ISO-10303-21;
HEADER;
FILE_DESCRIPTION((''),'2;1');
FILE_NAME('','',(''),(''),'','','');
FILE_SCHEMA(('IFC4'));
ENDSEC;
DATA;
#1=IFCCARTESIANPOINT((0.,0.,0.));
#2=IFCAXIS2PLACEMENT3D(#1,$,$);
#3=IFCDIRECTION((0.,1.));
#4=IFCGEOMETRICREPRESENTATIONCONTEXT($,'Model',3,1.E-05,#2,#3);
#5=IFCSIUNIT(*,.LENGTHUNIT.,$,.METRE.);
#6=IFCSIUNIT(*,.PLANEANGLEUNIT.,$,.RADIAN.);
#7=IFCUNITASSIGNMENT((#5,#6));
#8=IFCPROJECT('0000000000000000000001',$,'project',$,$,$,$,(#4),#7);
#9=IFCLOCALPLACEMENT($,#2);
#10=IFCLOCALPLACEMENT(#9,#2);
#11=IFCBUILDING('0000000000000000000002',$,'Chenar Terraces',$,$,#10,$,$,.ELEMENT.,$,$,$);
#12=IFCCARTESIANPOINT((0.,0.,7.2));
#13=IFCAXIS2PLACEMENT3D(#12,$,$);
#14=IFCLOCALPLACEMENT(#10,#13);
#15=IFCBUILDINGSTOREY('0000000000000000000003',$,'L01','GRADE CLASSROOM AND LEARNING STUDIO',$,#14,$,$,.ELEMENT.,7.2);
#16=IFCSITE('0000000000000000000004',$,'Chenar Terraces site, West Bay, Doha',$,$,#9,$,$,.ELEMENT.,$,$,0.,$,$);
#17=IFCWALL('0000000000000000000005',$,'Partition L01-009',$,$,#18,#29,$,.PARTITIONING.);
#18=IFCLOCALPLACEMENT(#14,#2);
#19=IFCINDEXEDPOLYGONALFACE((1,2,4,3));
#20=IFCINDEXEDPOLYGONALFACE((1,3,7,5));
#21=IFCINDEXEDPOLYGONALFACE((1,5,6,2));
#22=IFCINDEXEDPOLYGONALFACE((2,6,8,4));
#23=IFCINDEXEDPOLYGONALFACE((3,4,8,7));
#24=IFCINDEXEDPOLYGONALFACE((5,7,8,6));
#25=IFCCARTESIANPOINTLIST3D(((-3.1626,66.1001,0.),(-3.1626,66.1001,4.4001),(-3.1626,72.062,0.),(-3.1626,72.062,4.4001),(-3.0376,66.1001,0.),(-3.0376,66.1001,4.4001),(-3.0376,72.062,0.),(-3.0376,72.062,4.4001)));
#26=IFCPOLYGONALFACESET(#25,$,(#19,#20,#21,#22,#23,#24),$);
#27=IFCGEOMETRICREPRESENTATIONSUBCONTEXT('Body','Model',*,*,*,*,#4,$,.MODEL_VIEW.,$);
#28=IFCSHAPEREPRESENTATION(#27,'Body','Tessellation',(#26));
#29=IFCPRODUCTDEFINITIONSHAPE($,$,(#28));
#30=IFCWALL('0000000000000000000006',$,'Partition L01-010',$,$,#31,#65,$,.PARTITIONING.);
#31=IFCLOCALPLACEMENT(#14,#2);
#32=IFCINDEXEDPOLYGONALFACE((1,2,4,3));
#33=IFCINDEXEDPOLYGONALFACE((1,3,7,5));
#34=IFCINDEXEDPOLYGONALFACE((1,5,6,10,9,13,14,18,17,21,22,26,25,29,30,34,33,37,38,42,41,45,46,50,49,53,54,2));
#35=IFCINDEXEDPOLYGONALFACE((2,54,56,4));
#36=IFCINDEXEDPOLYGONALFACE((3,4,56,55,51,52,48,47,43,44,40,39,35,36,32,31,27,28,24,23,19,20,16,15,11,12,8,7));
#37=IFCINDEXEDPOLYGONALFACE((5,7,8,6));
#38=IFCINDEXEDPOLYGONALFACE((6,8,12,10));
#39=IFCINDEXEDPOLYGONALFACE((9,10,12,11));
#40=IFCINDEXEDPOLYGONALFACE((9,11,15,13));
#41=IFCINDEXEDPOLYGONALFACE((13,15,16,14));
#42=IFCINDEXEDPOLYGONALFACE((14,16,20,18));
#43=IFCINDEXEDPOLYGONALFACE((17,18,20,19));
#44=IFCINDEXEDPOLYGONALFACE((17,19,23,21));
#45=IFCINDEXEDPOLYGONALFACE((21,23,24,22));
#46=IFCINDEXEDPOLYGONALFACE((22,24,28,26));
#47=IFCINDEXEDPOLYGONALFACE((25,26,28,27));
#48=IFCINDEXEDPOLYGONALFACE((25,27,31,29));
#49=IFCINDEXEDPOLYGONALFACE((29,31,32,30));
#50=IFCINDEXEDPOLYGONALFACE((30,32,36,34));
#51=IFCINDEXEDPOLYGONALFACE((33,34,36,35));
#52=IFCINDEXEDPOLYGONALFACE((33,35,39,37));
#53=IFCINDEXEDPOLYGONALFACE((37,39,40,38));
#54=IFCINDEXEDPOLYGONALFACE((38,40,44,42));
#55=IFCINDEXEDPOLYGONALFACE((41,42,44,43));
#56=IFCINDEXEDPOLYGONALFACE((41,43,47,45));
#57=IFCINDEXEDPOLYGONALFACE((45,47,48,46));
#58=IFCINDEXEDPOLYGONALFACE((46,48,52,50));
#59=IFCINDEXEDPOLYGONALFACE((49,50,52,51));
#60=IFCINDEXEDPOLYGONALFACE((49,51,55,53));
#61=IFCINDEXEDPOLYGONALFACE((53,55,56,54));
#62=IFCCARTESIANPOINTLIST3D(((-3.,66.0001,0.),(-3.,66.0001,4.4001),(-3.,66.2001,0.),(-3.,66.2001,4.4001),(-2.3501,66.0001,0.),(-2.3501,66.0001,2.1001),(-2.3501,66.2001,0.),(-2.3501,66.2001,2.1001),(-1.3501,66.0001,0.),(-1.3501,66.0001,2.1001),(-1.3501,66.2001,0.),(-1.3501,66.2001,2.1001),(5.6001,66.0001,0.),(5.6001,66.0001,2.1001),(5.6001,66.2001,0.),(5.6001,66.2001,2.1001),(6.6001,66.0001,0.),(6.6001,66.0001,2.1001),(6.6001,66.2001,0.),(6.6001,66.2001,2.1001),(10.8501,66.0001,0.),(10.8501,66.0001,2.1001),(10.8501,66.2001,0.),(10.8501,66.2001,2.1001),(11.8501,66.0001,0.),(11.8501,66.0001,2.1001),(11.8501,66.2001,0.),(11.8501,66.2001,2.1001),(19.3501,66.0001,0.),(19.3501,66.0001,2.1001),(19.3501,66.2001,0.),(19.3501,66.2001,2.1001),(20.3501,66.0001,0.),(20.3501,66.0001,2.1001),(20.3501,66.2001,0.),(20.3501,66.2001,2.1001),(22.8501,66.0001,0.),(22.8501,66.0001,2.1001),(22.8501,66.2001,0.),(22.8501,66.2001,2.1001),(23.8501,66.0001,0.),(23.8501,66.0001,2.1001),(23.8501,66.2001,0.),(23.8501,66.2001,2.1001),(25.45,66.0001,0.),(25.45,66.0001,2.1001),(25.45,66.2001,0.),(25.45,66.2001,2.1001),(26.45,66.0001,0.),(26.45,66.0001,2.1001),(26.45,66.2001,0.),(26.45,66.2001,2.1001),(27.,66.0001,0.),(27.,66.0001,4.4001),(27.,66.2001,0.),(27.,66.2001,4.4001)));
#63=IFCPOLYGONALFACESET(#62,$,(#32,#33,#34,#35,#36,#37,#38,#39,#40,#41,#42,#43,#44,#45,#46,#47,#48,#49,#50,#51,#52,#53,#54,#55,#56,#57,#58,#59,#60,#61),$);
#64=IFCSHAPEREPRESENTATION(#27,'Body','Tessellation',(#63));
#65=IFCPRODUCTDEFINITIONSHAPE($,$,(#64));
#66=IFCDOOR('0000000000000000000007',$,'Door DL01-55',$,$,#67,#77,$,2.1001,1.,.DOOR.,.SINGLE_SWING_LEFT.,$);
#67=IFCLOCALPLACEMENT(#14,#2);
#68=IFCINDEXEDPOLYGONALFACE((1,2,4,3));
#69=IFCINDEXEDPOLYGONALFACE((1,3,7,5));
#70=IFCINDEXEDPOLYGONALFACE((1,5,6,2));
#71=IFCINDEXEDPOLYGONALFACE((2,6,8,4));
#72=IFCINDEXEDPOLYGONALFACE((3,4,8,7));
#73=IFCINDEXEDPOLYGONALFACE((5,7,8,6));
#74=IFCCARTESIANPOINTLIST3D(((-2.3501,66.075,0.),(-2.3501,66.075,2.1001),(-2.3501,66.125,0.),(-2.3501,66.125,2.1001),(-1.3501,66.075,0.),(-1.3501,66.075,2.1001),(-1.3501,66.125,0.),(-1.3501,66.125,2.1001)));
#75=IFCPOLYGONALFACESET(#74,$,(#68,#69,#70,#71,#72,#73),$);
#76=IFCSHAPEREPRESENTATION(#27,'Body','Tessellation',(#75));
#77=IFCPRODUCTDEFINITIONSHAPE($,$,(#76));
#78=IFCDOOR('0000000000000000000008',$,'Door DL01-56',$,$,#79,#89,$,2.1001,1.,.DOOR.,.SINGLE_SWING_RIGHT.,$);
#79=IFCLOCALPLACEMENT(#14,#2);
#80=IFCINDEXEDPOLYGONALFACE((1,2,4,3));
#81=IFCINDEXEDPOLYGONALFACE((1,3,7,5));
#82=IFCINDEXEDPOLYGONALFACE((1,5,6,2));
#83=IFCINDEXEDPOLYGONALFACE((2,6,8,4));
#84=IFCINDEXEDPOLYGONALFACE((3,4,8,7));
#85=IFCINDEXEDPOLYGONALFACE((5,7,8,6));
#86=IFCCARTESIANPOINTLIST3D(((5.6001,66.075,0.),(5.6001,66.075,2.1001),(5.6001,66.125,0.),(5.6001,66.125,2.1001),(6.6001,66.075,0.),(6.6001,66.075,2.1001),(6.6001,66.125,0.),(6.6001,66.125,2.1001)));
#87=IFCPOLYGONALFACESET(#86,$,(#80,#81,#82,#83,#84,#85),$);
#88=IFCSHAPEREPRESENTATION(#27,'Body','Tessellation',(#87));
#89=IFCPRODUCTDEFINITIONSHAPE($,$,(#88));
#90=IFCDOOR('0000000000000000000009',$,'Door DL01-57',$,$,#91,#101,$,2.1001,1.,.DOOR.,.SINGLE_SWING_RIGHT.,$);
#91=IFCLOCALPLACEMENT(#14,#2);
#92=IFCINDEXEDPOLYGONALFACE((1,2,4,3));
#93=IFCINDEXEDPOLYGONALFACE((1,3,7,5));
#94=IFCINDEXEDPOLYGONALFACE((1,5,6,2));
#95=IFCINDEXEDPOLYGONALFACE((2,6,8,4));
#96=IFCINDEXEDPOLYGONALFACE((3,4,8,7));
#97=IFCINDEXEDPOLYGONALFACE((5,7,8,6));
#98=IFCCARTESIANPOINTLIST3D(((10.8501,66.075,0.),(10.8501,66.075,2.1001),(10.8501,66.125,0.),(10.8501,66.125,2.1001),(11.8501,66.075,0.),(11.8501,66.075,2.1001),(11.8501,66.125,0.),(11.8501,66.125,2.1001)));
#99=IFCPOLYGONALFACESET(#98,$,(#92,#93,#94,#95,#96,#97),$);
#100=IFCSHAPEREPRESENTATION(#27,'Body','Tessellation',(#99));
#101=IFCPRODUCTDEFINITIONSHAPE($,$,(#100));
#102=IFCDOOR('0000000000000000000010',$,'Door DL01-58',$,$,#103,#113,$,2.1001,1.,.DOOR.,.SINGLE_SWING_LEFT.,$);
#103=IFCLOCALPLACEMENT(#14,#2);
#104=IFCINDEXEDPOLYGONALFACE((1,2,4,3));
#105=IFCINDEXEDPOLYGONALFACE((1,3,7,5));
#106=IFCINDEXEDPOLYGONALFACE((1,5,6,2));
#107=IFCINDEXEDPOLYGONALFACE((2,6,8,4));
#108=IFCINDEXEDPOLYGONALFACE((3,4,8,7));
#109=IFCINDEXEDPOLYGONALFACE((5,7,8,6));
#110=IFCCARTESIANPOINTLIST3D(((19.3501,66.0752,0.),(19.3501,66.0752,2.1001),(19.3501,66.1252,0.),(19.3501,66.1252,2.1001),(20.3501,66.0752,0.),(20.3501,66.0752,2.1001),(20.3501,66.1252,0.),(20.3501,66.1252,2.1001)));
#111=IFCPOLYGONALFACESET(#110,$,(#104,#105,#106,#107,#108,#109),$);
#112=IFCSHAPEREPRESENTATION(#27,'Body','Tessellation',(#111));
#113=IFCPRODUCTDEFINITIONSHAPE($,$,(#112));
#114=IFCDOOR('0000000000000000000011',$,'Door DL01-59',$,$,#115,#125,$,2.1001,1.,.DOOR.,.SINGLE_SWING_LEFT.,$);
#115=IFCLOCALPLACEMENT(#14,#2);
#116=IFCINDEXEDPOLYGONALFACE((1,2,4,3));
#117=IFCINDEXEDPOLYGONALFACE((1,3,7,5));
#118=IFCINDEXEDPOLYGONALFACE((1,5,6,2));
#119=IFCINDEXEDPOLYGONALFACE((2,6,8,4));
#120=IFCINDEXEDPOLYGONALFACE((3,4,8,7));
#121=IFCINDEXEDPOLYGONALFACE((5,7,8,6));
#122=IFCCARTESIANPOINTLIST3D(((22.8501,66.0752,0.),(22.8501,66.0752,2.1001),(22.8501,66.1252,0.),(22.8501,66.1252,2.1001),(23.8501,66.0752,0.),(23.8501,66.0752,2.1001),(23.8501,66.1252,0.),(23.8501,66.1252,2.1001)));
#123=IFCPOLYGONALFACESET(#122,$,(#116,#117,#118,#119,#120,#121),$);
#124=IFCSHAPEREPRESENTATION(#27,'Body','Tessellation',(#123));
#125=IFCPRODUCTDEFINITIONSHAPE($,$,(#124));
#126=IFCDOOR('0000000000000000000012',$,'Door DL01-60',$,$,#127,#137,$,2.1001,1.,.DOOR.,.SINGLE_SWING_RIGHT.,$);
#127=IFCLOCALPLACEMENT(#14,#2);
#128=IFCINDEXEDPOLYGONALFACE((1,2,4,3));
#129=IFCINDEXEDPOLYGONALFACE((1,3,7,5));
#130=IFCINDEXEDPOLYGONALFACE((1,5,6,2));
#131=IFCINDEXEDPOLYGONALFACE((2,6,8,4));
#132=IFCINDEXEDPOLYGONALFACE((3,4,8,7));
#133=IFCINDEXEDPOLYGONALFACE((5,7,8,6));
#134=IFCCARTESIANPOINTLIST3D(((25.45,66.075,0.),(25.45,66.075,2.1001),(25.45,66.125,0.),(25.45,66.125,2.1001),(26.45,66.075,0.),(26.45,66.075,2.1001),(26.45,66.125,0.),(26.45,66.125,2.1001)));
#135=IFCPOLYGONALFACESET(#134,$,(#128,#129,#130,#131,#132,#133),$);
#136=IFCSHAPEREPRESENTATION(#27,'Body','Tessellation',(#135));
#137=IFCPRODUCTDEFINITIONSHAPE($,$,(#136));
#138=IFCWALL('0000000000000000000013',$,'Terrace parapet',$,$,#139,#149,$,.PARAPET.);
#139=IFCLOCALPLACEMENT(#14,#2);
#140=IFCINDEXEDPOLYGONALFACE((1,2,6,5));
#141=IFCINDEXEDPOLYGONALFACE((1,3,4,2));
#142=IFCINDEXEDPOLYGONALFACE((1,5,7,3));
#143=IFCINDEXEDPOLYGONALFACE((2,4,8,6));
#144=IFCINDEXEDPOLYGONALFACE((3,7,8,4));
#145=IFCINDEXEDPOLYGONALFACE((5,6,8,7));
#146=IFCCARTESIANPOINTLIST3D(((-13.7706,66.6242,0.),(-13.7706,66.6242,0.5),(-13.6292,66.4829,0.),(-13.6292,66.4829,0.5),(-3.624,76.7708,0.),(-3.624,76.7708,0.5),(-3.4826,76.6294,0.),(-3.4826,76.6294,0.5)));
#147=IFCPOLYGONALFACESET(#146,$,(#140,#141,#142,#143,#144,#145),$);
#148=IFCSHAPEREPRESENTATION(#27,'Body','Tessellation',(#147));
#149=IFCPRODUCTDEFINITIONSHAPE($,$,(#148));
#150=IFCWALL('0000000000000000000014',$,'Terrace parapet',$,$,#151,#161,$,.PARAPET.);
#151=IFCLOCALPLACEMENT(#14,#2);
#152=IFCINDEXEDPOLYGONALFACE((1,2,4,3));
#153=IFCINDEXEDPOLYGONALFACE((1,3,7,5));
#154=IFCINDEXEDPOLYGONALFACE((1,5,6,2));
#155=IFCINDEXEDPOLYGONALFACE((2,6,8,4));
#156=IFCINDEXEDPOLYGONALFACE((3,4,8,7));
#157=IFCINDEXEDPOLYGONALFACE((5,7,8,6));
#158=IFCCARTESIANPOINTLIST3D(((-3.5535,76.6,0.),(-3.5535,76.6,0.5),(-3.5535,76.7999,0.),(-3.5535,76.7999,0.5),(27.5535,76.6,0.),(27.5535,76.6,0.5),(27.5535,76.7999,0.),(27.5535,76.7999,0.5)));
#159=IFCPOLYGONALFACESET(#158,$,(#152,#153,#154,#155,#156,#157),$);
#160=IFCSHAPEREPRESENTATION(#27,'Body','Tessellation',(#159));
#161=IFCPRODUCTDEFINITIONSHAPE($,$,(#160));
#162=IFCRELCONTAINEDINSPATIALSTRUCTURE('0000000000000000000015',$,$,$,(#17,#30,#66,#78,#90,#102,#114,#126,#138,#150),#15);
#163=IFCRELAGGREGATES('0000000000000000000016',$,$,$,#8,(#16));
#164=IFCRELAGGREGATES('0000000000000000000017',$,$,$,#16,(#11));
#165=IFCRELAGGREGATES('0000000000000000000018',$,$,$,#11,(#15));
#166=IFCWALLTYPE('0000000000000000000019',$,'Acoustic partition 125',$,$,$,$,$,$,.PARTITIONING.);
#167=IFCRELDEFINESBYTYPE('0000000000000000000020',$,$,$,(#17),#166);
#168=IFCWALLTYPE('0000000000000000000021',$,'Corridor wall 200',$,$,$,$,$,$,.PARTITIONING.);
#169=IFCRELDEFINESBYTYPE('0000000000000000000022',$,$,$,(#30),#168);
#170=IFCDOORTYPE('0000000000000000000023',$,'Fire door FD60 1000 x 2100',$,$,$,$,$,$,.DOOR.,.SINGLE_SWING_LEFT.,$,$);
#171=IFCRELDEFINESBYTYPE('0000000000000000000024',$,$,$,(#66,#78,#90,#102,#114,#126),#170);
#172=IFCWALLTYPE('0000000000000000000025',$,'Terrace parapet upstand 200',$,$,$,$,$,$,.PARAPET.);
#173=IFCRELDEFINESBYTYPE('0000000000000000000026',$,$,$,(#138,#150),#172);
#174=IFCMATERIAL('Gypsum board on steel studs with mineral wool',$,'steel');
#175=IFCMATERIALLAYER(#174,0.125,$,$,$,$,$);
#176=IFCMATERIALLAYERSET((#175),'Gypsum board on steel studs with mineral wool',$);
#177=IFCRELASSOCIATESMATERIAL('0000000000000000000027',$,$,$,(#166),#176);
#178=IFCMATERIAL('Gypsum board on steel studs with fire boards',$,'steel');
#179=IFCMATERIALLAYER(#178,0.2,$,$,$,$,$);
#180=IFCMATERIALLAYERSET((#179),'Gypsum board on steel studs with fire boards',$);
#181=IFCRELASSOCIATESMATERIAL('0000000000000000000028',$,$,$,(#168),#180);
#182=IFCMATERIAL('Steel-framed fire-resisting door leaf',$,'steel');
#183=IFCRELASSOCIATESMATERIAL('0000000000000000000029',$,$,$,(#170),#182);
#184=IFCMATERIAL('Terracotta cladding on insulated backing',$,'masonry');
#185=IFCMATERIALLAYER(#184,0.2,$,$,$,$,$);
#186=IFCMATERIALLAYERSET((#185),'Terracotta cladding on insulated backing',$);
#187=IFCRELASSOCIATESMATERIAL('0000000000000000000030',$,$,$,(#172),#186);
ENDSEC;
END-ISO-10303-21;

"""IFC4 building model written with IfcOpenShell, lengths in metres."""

from ifc_helpers import new_model, si_unit, direction, frame, frame_2d, origin, place, context, subcontext, project, spatial, rectangle, extrude, material, layer, layer_set, type_object, element, fill, save


model = new_model("IFC4")

# Units and contexts
model_context = context("Model", 3, precision=1e-05, world=origin(), true_north=direction((0.0, 1.0)))
body_context = subcontext(model_context, "Body", "Model", "MODEL_VIEW")
ifc_project = project(units=[si_unit("LENGTHUNIT", "METRE"), si_unit("PLANEANGLEUNIT", "RADIAN")], contexts=[model_context])

# Site, building, storey
site_placement = place(None, origin())
site = spatial("IfcSite", under=ifc_project, at=site_placement, Name="Chenar Terraces site, West Bay, Doha", CompositionType="ELEMENT", RefElevation=0.0)
building_placement = place(site_placement, origin())
building = spatial("IfcBuilding", under=site, at=building_placement, Name="Chenar Terraces", CompositionType="ELEMENT")
storey_placement = place(building_placement, frame((0.0, 0.0, 7.2)))
storey = spatial("IfcBuildingStorey", under=building, at=storey_placement, Name="L01", Description="GRADE CLASSROOM AND LEARNING STUDIO", CompositionType="ELEMENT", Elevation=7.2)

# Wall
ifc_material_1 = material(Name="Gypsum board on steel studs with mineral wool", Category="steel")
ifc_layer_1 = layer(ifc_material_1, 0.125)
ifc_layer_set_1 = layer_set([ifc_layer_1], Name="Gypsum board on steel studs with mineral wool")
wall_type_1 = type_object("IfcWallType", Name="Acoustic partition 125", PredefinedType="PARTITIONING", material=ifc_layer_set_1)
wall_1_placement = place(storey_placement, frame((-3.1001, 66.1001, 0.0), z_axis=(0.0, 0.0, 1.0), x_axis=(0.0, 1.0, 0.0)))
element("IfcWall", 1, at=wall_1_placement, inside=storey, type_object=wall_type_1, Name="Partition L01-009", PredefinedType="PARTITIONING", context=body_context, shape_type="SweptSolid", body=[
    extrude(rectangle(XDim=5.9619, YDim=0.125, at=frame_2d((2.981, 0.0))), origin(), (0.0, 0.0, 1.0), 4.4001),
])

# Wall, openings, doors
ifc_material_2 = material(Name="Gypsum board on steel studs with fire boards", Category="steel")
ifc_layer_2 = layer(ifc_material_2, 0.2)
ifc_layer_set_2 = layer_set([ifc_layer_2], Name="Gypsum board on steel studs with fire boards")
wall_type_2 = type_object("IfcWallType", Name="Corridor wall 200", PredefinedType="PARTITIONING", material=ifc_layer_set_2)
wall_2_placement = place(storey_placement, frame((-3.0, 66.1001, 0.0), z_axis=(0.0, 0.0, 1.0), x_axis=(1.0, 0.0, 0.0)))
wall_2 = element("IfcWall", 2, at=wall_2_placement, inside=storey, type_object=wall_type_2, Name="Partition L01-010", PredefinedType="PARTITIONING", context=body_context, shape_type="SweptSolid", body=[
    extrude(rectangle(XDim=30.0, YDim=0.2, at=frame_2d((15.0, 0.0))), origin(), (0.0, 0.0, 1.0), 4.4001),
])
opening_1_placement = place(wall_2_placement, frame((0.6499, 0.0, 0.0)))
opening_1 = element("IfcOpeningElement", 3, at=opening_1_placement, cuts=wall_2, PredefinedType="OPENING", context=body_context, shape_type="SweptSolid", body=[
    extrude(rectangle(XDim=1.0, YDim=2.1001, at=frame_2d((0.5, 1.05))), frame((0.0, 0.1099, 0.0), z_axis=(0.0, -1.0, 0.0), x_axis=(1.0, 0.0, 0.0)), (0.0, 0.0, 1.0), 0.22),
])
opening_2_placement = place(wall_2_placement, frame((8.6001, 0.0, 0.0)))
opening_2 = element("IfcOpeningElement", 4, at=opening_2_placement, cuts=wall_2, PredefinedType="OPENING", context=body_context, shape_type="SweptSolid", body=[
    extrude(rectangle(XDim=1.0, YDim=2.1001, at=frame_2d((0.5, 1.05))), frame((0.0, 0.1099, 0.0), z_axis=(0.0, -1.0, 0.0), x_axis=(1.0, 0.0, 0.0)), (0.0, 0.0, 1.0), 0.22),
])
opening_3_placement = place(wall_2_placement, frame((13.8501, 0.0, 0.0)))
opening_3 = element("IfcOpeningElement", 5, at=opening_3_placement, cuts=wall_2, PredefinedType="OPENING", context=body_context, shape_type="SweptSolid", body=[
    extrude(rectangle(XDim=1.0, YDim=2.1001, at=frame_2d((0.5, 1.05))), frame((0.0, 0.1099, 0.0), z_axis=(0.0, -1.0, 0.0), x_axis=(1.0, 0.0, 0.0)), (0.0, 0.0, 1.0), 0.22),
])
opening_4_placement = place(wall_2_placement, frame((22.3501, 0.0, 0.0)))
opening_4 = element("IfcOpeningElement", 6, at=opening_4_placement, cuts=wall_2, PredefinedType="OPENING", context=body_context, shape_type="SweptSolid", body=[
    extrude(rectangle(XDim=1.0, YDim=2.1001, at=frame_2d((0.5, 1.05))), frame((0.0, 0.1099, 0.0), z_axis=(0.0, -1.0, 0.0), x_axis=(1.0, 0.0, 0.0)), (0.0, 0.0, 1.0), 0.22),
])
opening_5_placement = place(wall_2_placement, frame((25.8501, 0.0, 0.0)))
opening_5 = element("IfcOpeningElement", 7, at=opening_5_placement, cuts=wall_2, PredefinedType="OPENING", context=body_context, shape_type="SweptSolid", body=[
    extrude(rectangle(XDim=1.0, YDim=2.1001, at=frame_2d((0.5, 1.05))), frame((0.0, 0.1099, 0.0), z_axis=(0.0, -1.0, 0.0), x_axis=(1.0, 0.0, 0.0)), (0.0, 0.0, 1.0), 0.22),
])
opening_6_placement = place(wall_2_placement, frame((28.45, 0.0, 0.0)))
opening_6 = element("IfcOpeningElement", 8, at=opening_6_placement, cuts=wall_2, PredefinedType="OPENING", context=body_context, shape_type="SweptSolid", body=[
    extrude(rectangle(XDim=1.0, YDim=2.1001, at=frame_2d((0.5, 1.05))), frame((0.0, 0.1099, 0.0), z_axis=(0.0, -1.0, 0.0), x_axis=(1.0, 0.0, 0.0)), (0.0, 0.0, 1.0), 0.22),
])
ifc_material_3 = material(Name="Steel-framed fire-resisting door leaf", Category="steel")
door_type_1 = type_object("IfcDoorType", Name="Fire door FD60 1000 x 2100", OperationType="SINGLE_SWING_LEFT", PredefinedType="DOOR", material=ifc_material_3)
door_1_placement = place(opening_1_placement, origin())
door_1 = element("IfcDoor", 9, at=door_1_placement, inside=storey, type_object=door_type_1, Name="Door DL01-55", OperationType="SINGLE_SWING_LEFT", OverallHeight=2.1001, OverallWidth=1.0, PredefinedType="DOOR", context=body_context, shape_type="SweptSolid", body=[
    extrude(rectangle(XDim=1.0, YDim=2.1001, at=frame_2d((0.5, 1.05))), frame((0.0, 0.0249, 0.0), z_axis=(0.0, -1.0, 0.0), x_axis=(1.0, 0.0, 0.0)), (0.0, 0.0, 1.0), 0.05),
])
fill(opening_1, door_1)
door_2_placement = place(opening_2_placement, origin())
door_2 = element("IfcDoor", 10, at=door_2_placement, inside=storey, type_object=door_type_1, Name="Door DL01-56", OperationType="SINGLE_SWING_RIGHT", OverallHeight=2.1001, OverallWidth=1.0, PredefinedType="DOOR", context=body_context, shape_type="SweptSolid", body=[
    extrude(rectangle(XDim=1.0, YDim=2.1001, at=frame_2d((0.5, 1.05))), frame((0.0, 0.0249, 0.0), z_axis=(0.0, -1.0, 0.0), x_axis=(1.0, 0.0, 0.0)), (0.0, 0.0, 1.0), 0.05),
])
fill(opening_2, door_2)
door_3_placement = place(opening_3_placement, origin())
door_3 = element("IfcDoor", 11, at=door_3_placement, inside=storey, type_object=door_type_1, Name="Door DL01-57", OperationType="SINGLE_SWING_RIGHT", OverallHeight=2.1001, OverallWidth=1.0, PredefinedType="DOOR", context=body_context, shape_type="SweptSolid", body=[
    extrude(rectangle(XDim=1.0, YDim=2.1001, at=frame_2d((0.5, 1.05))), frame((0.0, 0.0249, 0.0), z_axis=(0.0, -1.0, 0.0), x_axis=(1.0, 0.0, 0.0)), (0.0, 0.0, 1.0), 0.05),
])
fill(opening_3, door_3)
door_4_placement = place(opening_4_placement, frame((1.0, 0.0, 0.0), z_axis=(0.0, 0.0, 1.0), x_axis=(-1.0, 0.0, 0.0)))
door_4 = element("IfcDoor", 12, at=door_4_placement, inside=storey, type_object=door_type_1, Name="Door DL01-58", OperationType="SINGLE_SWING_LEFT", OverallHeight=2.1001, OverallWidth=1.0, PredefinedType="DOOR", context=body_context, shape_type="SweptSolid", body=[
    extrude(rectangle(XDim=1.0, YDim=2.1001, at=frame_2d((0.5, 1.05))), frame((0.0, 0.0249, 0.0), z_axis=(0.0, -1.0, 0.0), x_axis=(1.0, 0.0, 0.0)), (0.0, 0.0, 1.0), 0.05),
])
fill(opening_4, door_4)
door_5_placement = place(opening_5_placement, frame((1.0, 0.0, 0.0), z_axis=(0.0, 0.0, 1.0), x_axis=(-1.0, 0.0, 0.0)))
door_5 = element("IfcDoor", 13, at=door_5_placement, inside=storey, type_object=door_type_1, Name="Door DL01-59", OperationType="SINGLE_SWING_LEFT", OverallHeight=2.1001, OverallWidth=1.0, PredefinedType="DOOR", context=body_context, shape_type="SweptSolid", body=[
    extrude(rectangle(XDim=1.0, YDim=2.1001, at=frame_2d((0.5, 1.05))), frame((0.0, 0.0249, 0.0), z_axis=(0.0, -1.0, 0.0), x_axis=(1.0, 0.0, 0.0)), (0.0, 0.0, 1.0), 0.05),
])
fill(opening_5, door_5)
door_6_placement = place(opening_6_placement, origin())
door_6 = element("IfcDoor", 14, at=door_6_placement, inside=storey, type_object=door_type_1, Name="Door DL01-60", OperationType="SINGLE_SWING_RIGHT", OverallHeight=2.1001, OverallWidth=1.0, PredefinedType="DOOR", context=body_context, shape_type="SweptSolid", body=[
    extrude(rectangle(XDim=1.0, YDim=2.1001, at=frame_2d((0.5, 1.05))), frame((0.0, 0.0249, 0.0), z_axis=(0.0, -1.0, 0.0), x_axis=(1.0, 0.0, 0.0)), (0.0, 0.0, 1.0), 0.05),
])
fill(opening_6, door_6)

# Walls
ifc_material_4 = material(Name="Terracotta cladding on insulated backing", Category="masonry")
ifc_layer_3 = layer(ifc_material_4, 0.2)
ifc_layer_set_3 = layer_set([ifc_layer_3], Name="Terracotta cladding on insulated backing")
wall_type_3 = type_object("IfcWallType", Name="Terrace parapet upstand 200", PredefinedType="PARAPET", material=ifc_layer_set_3)
wall_3_placement = place(storey_placement, frame((-13.7, 66.5535, 0.0), z_axis=(0.0, 0.0, 1.0), x_axis=(0.707107, 0.707107, 0.0)))
element("IfcWall", 15, at=wall_3_placement, inside=storey, type_object=wall_type_3, Name="Terrace parapet", PredefinedType="PARAPET", context=body_context, shape_type="SweptSolid", body=[
    extrude(rectangle(XDim=14.3494, YDim=0.2, at=frame_2d((7.1748, 0.0))), origin(), (0.0, 0.0, 1.0), 0.5),
])
wall_4_placement = place(storey_placement, frame((-3.5535, 76.7, 0.0), z_axis=(0.0, 0.0, 1.0), x_axis=(1.0, 0.0, 0.0)))
element("IfcWall", 16, at=wall_4_placement, inside=storey, type_object=wall_type_3, Name="Terrace parapet", PredefinedType="PARAPET", context=body_context, shape_type="SweptSolid", body=[
    extrude(rectangle(XDim=31.1069, YDim=0.2, at=frame_2d((15.5535, 0.0))), origin(), (0.0, 0.0, 1.0), 0.5),
])

save(model, "model.ifc")
